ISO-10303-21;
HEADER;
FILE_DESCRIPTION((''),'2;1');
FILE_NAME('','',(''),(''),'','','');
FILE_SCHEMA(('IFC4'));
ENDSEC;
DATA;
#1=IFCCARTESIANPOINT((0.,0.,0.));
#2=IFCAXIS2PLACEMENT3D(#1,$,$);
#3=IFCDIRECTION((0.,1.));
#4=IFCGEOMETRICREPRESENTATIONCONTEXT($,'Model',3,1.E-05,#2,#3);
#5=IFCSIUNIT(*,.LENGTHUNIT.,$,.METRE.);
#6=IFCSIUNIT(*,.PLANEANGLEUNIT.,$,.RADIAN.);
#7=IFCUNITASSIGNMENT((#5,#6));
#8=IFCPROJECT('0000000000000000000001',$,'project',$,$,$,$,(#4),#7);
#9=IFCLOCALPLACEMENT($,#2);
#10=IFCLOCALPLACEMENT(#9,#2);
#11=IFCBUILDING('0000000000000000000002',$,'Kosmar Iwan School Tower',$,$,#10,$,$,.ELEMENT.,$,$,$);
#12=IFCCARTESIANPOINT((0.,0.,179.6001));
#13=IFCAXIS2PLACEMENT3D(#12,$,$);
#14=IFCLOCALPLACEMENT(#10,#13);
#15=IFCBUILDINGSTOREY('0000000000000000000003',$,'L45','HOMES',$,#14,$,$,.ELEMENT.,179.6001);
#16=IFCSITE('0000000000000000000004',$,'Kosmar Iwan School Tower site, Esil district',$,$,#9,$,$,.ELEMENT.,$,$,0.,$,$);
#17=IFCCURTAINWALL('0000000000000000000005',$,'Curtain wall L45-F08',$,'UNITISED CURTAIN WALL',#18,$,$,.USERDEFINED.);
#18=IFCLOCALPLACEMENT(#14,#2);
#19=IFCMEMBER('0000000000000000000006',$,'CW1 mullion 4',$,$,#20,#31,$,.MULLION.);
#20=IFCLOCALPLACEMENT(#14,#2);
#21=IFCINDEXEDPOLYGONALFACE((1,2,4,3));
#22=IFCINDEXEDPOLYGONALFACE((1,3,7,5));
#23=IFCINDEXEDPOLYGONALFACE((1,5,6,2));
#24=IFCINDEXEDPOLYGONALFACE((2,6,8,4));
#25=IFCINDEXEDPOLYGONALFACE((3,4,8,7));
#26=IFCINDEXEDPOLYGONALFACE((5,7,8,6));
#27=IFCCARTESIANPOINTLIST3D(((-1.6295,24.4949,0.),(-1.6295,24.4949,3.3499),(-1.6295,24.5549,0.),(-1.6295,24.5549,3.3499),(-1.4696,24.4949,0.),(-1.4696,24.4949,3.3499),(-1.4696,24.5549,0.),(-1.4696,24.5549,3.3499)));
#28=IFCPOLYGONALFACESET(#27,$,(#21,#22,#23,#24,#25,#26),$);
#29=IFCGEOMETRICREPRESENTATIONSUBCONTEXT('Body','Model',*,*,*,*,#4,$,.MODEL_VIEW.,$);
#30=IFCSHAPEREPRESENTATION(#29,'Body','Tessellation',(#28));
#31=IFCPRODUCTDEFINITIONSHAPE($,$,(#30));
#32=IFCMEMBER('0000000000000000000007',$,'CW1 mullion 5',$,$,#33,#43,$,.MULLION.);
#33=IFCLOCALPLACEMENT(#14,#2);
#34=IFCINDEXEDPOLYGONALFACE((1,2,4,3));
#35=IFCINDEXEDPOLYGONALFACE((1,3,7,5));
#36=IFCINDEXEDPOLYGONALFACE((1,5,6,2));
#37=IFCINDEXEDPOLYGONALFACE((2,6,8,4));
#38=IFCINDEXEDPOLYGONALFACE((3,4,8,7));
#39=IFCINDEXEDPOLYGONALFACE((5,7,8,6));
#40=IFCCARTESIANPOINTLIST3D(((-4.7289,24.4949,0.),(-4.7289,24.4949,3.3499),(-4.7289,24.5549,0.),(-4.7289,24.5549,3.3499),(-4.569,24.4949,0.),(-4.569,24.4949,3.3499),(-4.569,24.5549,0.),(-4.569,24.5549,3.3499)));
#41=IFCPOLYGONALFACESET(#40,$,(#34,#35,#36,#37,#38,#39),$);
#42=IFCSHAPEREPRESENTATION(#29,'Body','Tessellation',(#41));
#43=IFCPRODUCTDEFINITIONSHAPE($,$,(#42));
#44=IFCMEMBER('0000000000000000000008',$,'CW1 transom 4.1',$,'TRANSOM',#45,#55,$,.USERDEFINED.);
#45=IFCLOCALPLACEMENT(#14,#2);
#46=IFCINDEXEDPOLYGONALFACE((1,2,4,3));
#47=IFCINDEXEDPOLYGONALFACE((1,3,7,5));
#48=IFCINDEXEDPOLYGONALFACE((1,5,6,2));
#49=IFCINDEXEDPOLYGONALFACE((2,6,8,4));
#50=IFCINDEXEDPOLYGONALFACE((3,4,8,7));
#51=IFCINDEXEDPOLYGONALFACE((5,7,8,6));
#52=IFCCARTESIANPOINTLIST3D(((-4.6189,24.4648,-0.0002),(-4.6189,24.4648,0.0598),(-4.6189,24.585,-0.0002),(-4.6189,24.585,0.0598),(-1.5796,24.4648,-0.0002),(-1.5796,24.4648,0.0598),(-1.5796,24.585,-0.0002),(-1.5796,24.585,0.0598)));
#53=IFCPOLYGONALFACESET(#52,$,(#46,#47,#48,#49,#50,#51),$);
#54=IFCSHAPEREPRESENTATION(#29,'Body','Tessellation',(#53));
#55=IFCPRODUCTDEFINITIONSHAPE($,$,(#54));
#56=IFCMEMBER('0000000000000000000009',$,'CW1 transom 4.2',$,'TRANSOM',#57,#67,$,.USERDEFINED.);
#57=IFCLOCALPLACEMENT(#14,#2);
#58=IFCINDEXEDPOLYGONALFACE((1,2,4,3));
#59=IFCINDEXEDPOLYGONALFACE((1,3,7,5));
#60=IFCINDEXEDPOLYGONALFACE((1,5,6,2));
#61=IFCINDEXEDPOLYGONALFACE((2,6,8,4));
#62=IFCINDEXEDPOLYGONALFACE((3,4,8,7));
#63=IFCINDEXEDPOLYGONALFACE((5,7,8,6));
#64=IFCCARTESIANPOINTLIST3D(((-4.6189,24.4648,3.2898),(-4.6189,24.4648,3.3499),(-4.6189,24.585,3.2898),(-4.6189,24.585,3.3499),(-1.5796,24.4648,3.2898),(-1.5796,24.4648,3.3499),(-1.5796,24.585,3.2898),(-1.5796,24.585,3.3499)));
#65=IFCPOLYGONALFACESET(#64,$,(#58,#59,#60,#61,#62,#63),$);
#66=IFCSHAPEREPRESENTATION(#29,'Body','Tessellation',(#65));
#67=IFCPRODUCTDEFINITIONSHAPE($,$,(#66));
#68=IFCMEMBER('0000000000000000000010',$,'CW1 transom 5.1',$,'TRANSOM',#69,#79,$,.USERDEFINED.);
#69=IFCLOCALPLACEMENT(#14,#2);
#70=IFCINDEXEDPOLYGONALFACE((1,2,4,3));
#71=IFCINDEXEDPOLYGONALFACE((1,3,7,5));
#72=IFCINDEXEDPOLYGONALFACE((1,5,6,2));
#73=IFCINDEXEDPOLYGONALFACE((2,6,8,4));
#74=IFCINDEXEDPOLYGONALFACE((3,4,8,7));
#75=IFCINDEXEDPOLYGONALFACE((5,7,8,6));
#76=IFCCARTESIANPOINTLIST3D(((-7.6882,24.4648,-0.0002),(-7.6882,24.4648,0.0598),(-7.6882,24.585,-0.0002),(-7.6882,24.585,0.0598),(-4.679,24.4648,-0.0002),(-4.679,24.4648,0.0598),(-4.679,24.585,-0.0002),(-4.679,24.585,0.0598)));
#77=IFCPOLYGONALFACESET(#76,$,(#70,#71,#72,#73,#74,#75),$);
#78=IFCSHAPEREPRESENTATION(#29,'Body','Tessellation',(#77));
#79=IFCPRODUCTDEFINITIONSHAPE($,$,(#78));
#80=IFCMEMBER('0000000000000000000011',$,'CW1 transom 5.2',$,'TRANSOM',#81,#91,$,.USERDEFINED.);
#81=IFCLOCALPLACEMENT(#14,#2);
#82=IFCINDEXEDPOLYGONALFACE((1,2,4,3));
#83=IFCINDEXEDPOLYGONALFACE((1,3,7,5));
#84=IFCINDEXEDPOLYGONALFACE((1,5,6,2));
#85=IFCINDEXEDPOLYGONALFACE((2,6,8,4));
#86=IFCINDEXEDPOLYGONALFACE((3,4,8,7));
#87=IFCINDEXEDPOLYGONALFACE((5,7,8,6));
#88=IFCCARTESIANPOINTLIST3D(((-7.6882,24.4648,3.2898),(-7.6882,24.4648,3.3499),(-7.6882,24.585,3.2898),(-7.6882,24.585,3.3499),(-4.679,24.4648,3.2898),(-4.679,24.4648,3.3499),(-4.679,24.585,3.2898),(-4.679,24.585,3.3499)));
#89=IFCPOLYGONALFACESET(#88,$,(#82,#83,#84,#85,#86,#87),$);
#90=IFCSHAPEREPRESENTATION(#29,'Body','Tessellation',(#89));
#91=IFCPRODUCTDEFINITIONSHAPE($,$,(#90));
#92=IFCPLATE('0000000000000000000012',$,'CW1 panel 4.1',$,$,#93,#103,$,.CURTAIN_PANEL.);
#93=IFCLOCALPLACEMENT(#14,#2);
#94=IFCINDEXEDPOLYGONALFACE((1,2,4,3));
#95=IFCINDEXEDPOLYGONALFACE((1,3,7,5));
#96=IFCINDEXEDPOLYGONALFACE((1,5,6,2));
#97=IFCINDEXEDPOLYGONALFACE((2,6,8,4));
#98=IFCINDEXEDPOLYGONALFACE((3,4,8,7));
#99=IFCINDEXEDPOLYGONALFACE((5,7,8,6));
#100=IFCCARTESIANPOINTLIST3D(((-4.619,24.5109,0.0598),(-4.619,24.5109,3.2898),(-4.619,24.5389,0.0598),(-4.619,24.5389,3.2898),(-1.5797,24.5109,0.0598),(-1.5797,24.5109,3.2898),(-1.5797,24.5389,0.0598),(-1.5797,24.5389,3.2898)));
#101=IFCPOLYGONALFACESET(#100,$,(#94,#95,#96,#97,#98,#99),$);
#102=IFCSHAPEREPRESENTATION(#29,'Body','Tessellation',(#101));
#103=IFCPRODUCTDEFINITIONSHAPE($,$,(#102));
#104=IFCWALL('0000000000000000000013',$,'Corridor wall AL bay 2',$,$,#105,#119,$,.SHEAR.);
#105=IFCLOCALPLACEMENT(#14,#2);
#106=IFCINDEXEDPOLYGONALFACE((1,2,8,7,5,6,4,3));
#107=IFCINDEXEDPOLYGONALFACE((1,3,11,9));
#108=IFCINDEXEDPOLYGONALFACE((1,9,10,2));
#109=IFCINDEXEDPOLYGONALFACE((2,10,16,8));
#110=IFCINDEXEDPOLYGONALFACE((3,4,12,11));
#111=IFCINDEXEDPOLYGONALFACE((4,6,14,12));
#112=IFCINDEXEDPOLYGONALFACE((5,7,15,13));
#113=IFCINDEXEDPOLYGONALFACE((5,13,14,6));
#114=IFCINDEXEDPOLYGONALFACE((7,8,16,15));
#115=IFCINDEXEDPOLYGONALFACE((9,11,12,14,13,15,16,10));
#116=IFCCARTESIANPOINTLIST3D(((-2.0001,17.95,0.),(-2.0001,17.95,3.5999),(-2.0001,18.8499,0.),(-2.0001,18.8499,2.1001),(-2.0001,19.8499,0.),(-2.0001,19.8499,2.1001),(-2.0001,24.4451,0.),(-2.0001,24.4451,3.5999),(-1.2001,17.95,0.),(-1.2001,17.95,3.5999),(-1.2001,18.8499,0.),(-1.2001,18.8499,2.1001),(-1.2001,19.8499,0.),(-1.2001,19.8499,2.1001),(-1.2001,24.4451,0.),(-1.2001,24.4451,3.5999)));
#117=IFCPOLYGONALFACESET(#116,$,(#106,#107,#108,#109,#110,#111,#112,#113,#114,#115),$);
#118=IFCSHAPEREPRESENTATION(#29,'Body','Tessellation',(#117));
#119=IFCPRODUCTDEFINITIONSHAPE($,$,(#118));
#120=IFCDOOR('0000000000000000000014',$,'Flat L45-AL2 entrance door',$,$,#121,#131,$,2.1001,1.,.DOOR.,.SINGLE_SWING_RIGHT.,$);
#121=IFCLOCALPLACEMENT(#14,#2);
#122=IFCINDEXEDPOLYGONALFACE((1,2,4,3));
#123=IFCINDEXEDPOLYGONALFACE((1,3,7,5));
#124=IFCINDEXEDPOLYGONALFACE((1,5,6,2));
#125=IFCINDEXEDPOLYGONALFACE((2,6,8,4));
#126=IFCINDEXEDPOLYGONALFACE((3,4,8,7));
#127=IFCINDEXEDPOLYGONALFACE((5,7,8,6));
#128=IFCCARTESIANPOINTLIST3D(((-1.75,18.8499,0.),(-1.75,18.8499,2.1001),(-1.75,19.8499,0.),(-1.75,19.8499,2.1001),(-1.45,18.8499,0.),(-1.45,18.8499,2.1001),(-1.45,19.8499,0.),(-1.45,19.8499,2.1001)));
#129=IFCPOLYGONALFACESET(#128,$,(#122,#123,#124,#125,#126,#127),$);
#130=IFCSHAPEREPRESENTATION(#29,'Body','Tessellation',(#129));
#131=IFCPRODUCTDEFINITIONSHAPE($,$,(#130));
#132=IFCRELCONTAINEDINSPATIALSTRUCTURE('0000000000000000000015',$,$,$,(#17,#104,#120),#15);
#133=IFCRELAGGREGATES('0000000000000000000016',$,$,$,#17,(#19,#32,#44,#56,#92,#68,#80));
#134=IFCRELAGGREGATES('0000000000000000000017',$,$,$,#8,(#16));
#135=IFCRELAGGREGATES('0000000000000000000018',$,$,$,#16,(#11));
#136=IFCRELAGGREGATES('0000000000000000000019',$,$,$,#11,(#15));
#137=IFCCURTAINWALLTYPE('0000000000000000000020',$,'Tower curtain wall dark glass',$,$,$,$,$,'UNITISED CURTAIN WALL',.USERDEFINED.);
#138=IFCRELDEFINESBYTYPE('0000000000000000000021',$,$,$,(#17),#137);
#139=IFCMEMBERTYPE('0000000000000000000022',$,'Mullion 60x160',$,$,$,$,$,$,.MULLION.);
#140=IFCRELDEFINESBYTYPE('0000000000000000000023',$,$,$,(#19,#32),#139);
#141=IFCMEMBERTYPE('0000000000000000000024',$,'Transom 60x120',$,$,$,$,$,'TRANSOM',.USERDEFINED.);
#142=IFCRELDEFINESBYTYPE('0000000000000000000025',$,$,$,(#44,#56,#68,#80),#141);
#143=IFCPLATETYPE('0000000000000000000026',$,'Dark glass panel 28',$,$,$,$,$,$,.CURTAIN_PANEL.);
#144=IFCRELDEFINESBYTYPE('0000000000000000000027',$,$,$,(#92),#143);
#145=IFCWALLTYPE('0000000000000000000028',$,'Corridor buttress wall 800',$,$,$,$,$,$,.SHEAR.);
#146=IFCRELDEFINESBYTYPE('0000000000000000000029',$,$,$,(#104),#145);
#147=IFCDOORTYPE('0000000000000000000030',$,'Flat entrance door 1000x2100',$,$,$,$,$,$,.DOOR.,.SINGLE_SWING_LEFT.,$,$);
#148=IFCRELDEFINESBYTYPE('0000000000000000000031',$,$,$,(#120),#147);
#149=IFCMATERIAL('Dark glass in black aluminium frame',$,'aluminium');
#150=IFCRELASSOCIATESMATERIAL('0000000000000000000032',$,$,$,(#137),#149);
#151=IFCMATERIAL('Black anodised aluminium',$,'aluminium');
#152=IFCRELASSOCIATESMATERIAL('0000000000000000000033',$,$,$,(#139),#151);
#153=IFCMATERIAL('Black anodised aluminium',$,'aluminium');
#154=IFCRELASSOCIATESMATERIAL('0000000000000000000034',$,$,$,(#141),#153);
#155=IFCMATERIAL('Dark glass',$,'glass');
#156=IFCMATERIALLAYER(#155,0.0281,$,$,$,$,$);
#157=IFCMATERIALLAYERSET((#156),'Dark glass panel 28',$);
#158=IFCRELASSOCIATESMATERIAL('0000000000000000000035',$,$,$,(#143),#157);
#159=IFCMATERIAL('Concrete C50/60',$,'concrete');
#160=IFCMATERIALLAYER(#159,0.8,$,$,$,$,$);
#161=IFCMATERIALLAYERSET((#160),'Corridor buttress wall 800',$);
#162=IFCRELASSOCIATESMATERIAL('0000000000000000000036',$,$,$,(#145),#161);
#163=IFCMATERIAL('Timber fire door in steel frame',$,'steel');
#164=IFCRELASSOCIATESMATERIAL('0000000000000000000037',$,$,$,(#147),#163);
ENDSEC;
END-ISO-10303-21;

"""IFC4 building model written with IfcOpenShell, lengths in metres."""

from ifc_helpers import new_model, si_unit, direction, frame, frame_2d, origin, origin_2d, place, context, subcontext, project, spatial, rectangle, extrude, material, layer, layer_set, material_profile, profile_set, type_object, element, fill, aggregate, save


model = new_model("IFC4")

# Units and contexts
model_context = context("Model", 3, precision=1e-05, world=origin(), true_north=direction((0.0, 1.0)))
body_context = subcontext(model_context, "Body", "Model", "MODEL_VIEW")
ifc_project = project(units=[si_unit("LENGTHUNIT", "METRE"), si_unit("PLANEANGLEUNIT", "RADIAN")], contexts=[model_context])

# Site, building, storey
site_placement = place(None, origin())
site = spatial("IfcSite", under=ifc_project, at=site_placement, Name="Kosmar Iwan School Tower site, Esil district", CompositionType="ELEMENT", RefElevation=0.0)
building_placement = place(site_placement, origin())
building = spatial("IfcBuilding", under=site, at=building_placement, Name="Kosmar Iwan School Tower", CompositionType="ELEMENT")
storey_placement = place(building_placement, frame((0.0, 0.0, 179.6001)))
storey = spatial("IfcBuildingStorey", under=building, at=storey_placement, Name="L45", Description="HOMES", CompositionType="ELEMENT", Elevation=179.6001)

# Curtain wall, members, plate
ifc_material_1 = material(Name="Dark glass in black aluminium frame", Category="aluminium")
curtain_wall_type = type_object("IfcCurtainWallType", Name="Tower curtain wall dark glass", ElementType="UNITISED CURTAIN WALL", PredefinedType="USERDEFINED", material=ifc_material_1)
curtain_wall_placement = place(storey_placement, origin())
curtain_wall = element("IfcCurtainWall", 1, at=curtain_wall_placement, inside=storey, type_object=curtain_wall_type, Name="Curtain wall L45-F08", ObjectType="UNITISED CURTAIN WALL", PredefinedType="USERDEFINED")
ifc_material_2 = material(Name="Black anodised aluminium", Category="aluminium")
ifc_material_profile_1 = material_profile(ifc_material_2, rectangle(XDim=0.0601, YDim=0.1599, at=origin_2d()), Name="MULLION 60x160")
ifc_profile_set_1 = profile_set([ifc_material_profile_1], Name="Black anodised aluminium")
member_type_1 = type_object("IfcMemberType", Name="Mullion 60x160", PredefinedType="MULLION", material=ifc_profile_set_1)
member_1_placement = place(storey_placement, frame((-1.5496, 24.5249, 0.0), z_axis=(0.0, 0.0, 1.0), x_axis=(0.0, -1.0, 0.0)))
member_1 = element("IfcMember", 2, at=member_1_placement, type_object=member_type_1, Name="CW1 mullion 4", PredefinedType="MULLION", context=body_context, shape_type="SweptSolid", body=[
    extrude(rectangle(XDim=0.0601, YDim=0.1599, at=origin_2d()), origin(), (0.0, 0.0, 1.0), 3.3499),
])
member_2_placement = place(storey_placement, frame((-4.6489, 24.5249, 0.0), z_axis=(0.0, 0.0, 1.0), x_axis=(0.0, -1.0, 0.0)))
member_2 = element("IfcMember", 3, at=member_2_placement, type_object=member_type_1, Name="CW1 mullion 5", PredefinedType="MULLION", context=body_context, shape_type="SweptSolid", body=[
    extrude(rectangle(XDim=0.0601, YDim=0.1599, at=origin_2d()), origin(), (0.0, 0.0, 1.0), 3.3499),
])
ifc_material_3 = material(Name="Black anodised aluminium", Category="aluminium")
ifc_material_profile_2 = material_profile(ifc_material_3, rectangle(XDim=0.1201, YDim=0.0601, at=origin_2d()), Name="TRANSOM 60x120")
ifc_profile_set_2 = profile_set([ifc_material_profile_2], Name="Black anodised aluminium")
member_type_2 = type_object("IfcMemberType", Name="Transom 60x120", ElementType="TRANSOM", PredefinedType="USERDEFINED", material=ifc_profile_set_2)
member_3_placement = place(storey_placement, frame((-1.5796, 24.5249, 0.0298), z_axis=(-1.0, 0.0, 0.0), x_axis=(0.0, -1.0, 0.0)))
member_3 = element("IfcMember", 4, at=member_3_placement, type_object=member_type_2, Name="CW1 transom 4.1", ObjectType="TRANSOM", PredefinedType="USERDEFINED", context=body_context, shape_type="SweptSolid", body=[
    extrude(rectangle(XDim=0.1201, YDim=0.0601, at=origin_2d()), origin(), (0.0, 0.0, 1.0), 3.0393),
])
member_4_placement = place(storey_placement, frame((-1.5796, 24.5249, 3.3198), z_axis=(-1.0, 0.0, 0.0), x_axis=(0.0, -1.0, 0.0)))
member_4 = element("IfcMember", 5, at=member_4_placement, type_object=member_type_2, Name="CW1 transom 4.2", ObjectType="TRANSOM", PredefinedType="USERDEFINED", context=body_context, shape_type="SweptSolid", body=[
    extrude(rectangle(XDim=0.1201, YDim=0.0601, at=origin_2d()), origin(), (0.0, 0.0, 1.0), 3.0393),
])
member_5_placement = place(storey_placement, frame((-4.679, 24.5249, 0.0298), z_axis=(-1.0, 0.0, 0.0), x_axis=(0.0, -1.0, 0.0)))
member_5 = element("IfcMember", 6, at=member_5_placement, type_object=member_type_2, Name="CW1 transom 5.1", ObjectType="TRANSOM", PredefinedType="USERDEFINED", context=body_context, shape_type="SweptSolid", body=[
    extrude(rectangle(XDim=0.1201, YDim=0.0601, at=origin_2d()), origin(), (0.0, 0.0, 1.0), 3.0093),
])
member_6_placement = place(storey_placement, frame((-4.679, 24.5249, 3.3198), z_axis=(-1.0, 0.0, 0.0), x_axis=(0.0, -1.0, 0.0)))
member_6 = element("IfcMember", 7, at=member_6_placement, type_object=member_type_2, Name="CW1 transom 5.2", ObjectType="TRANSOM", PredefinedType="USERDEFINED", context=body_context, shape_type="SweptSolid", body=[
    extrude(rectangle(XDim=0.1201, YDim=0.0601, at=origin_2d()), origin(), (0.0, 0.0, 1.0), 3.0093),
])
ifc_material_4 = material(Name="Dark glass", Category="glass")
ifc_layer_1 = layer(ifc_material_4, 0.0281)
ifc_layer_set_1 = layer_set([ifc_layer_1], Name="Dark glass panel 28")
plate_type = type_object("IfcPlateType", Name="Dark glass panel 28", PredefinedType="CURTAIN_PANEL", material=ifc_layer_set_1)
plate_placement = place(storey_placement, frame((-3.0994, 24.5249, 0.0598), z_axis=(0.0, 0.0, 1.0), x_axis=(-1.0, 0.0, 0.0)))
plate = element("IfcPlate", 8, at=plate_placement, type_object=plate_type, Name="CW1 panel 4.1", PredefinedType="CURTAIN_PANEL", context=body_context, shape_type="SweptSolid", body=[
    extrude(rectangle(XDim=3.0393, YDim=0.0281, at=origin_2d()), origin(), (0.0, 0.0, 1.0), 3.23),
])
aggregate(curtain_wall, [member_1, member_2, member_3, member_4, plate, member_5, member_6])

# Wall, opening, door
ifc_material_5 = material(Name="Concrete C50/60", Category="concrete")
ifc_layer_2 = layer(ifc_material_5, 0.8)
ifc_layer_set_2 = layer_set([ifc_layer_2], Name="Corridor buttress wall 800")
wall_type_1 = type_object("IfcWallType", Name="Corridor buttress wall 800", PredefinedType="SHEAR", material=ifc_layer_set_2)
wall_1_placement = place(storey_placement, frame((-1.6001, 17.95, 0.0), z_axis=(0.0, 0.0, 1.0), x_axis=(0.0, 1.0, 0.0)))
wall_1 = element("IfcWall", 9, at=wall_1_placement, inside=storey, type_object=wall_type_1, Name="Corridor wall AL bay 2", PredefinedType="SHEAR", context=body_context, shape_type="SweptSolid", body=[
    extrude(rectangle(XDim=6.4951, YDim=0.8, at=frame_2d((3.2476, 0.0))), origin(), (0.0, 0.0, 1.0), 3.5999),
])
opening_1_placement = place(wall_1_placement, frame((0.8999, 0.0, 0.0)))
opening_1 = element("IfcOpeningElement", 10, at=opening_1_placement, cuts=wall_1, PredefinedType="OPENING", context=body_context, shape_type="SweptSolid", body=[
    extrude(rectangle(XDim=1.0, YDim=2.1001, at=frame_2d((0.5, 1.05))), frame((0.0, 0.4121, 0.0), z_axis=(0.0, -1.0, 0.0), x_axis=(1.0, 0.0, 0.0)), (0.0, 0.0, 1.0), 0.824),
])
ifc_material_6 = material(Name="Timber fire door in steel frame", Category="steel")
door_type_1 = type_object("IfcDoorType", Name="Flat entrance door 1000x2100", OperationType="SINGLE_SWING_LEFT", PredefinedType="DOOR", material=ifc_material_6)
door_1_placement = place(opening_1_placement, origin())
door_1 = element("IfcDoor", 11, at=door_1_placement, inside=storey, type_object=door_type_1, Name="Flat L45-AL2 entrance door", OperationType="SINGLE_SWING_RIGHT", OverallHeight=2.1001, OverallWidth=1.0, PredefinedType="DOOR", context=body_context, shape_type="SweptSolid", body=[
    extrude(rectangle(XDim=1.0, YDim=2.1001, at=frame_2d((0.5, 1.05))), frame((0.0, 0.1499, 0.0), z_axis=(0.0, -1.0, 0.0), x_axis=(1.0, 0.0, 0.0)), (0.0, 0.0, 1.0), 0.3),
])
fill(opening_1, door_1)

save(model, "model.ifc")
